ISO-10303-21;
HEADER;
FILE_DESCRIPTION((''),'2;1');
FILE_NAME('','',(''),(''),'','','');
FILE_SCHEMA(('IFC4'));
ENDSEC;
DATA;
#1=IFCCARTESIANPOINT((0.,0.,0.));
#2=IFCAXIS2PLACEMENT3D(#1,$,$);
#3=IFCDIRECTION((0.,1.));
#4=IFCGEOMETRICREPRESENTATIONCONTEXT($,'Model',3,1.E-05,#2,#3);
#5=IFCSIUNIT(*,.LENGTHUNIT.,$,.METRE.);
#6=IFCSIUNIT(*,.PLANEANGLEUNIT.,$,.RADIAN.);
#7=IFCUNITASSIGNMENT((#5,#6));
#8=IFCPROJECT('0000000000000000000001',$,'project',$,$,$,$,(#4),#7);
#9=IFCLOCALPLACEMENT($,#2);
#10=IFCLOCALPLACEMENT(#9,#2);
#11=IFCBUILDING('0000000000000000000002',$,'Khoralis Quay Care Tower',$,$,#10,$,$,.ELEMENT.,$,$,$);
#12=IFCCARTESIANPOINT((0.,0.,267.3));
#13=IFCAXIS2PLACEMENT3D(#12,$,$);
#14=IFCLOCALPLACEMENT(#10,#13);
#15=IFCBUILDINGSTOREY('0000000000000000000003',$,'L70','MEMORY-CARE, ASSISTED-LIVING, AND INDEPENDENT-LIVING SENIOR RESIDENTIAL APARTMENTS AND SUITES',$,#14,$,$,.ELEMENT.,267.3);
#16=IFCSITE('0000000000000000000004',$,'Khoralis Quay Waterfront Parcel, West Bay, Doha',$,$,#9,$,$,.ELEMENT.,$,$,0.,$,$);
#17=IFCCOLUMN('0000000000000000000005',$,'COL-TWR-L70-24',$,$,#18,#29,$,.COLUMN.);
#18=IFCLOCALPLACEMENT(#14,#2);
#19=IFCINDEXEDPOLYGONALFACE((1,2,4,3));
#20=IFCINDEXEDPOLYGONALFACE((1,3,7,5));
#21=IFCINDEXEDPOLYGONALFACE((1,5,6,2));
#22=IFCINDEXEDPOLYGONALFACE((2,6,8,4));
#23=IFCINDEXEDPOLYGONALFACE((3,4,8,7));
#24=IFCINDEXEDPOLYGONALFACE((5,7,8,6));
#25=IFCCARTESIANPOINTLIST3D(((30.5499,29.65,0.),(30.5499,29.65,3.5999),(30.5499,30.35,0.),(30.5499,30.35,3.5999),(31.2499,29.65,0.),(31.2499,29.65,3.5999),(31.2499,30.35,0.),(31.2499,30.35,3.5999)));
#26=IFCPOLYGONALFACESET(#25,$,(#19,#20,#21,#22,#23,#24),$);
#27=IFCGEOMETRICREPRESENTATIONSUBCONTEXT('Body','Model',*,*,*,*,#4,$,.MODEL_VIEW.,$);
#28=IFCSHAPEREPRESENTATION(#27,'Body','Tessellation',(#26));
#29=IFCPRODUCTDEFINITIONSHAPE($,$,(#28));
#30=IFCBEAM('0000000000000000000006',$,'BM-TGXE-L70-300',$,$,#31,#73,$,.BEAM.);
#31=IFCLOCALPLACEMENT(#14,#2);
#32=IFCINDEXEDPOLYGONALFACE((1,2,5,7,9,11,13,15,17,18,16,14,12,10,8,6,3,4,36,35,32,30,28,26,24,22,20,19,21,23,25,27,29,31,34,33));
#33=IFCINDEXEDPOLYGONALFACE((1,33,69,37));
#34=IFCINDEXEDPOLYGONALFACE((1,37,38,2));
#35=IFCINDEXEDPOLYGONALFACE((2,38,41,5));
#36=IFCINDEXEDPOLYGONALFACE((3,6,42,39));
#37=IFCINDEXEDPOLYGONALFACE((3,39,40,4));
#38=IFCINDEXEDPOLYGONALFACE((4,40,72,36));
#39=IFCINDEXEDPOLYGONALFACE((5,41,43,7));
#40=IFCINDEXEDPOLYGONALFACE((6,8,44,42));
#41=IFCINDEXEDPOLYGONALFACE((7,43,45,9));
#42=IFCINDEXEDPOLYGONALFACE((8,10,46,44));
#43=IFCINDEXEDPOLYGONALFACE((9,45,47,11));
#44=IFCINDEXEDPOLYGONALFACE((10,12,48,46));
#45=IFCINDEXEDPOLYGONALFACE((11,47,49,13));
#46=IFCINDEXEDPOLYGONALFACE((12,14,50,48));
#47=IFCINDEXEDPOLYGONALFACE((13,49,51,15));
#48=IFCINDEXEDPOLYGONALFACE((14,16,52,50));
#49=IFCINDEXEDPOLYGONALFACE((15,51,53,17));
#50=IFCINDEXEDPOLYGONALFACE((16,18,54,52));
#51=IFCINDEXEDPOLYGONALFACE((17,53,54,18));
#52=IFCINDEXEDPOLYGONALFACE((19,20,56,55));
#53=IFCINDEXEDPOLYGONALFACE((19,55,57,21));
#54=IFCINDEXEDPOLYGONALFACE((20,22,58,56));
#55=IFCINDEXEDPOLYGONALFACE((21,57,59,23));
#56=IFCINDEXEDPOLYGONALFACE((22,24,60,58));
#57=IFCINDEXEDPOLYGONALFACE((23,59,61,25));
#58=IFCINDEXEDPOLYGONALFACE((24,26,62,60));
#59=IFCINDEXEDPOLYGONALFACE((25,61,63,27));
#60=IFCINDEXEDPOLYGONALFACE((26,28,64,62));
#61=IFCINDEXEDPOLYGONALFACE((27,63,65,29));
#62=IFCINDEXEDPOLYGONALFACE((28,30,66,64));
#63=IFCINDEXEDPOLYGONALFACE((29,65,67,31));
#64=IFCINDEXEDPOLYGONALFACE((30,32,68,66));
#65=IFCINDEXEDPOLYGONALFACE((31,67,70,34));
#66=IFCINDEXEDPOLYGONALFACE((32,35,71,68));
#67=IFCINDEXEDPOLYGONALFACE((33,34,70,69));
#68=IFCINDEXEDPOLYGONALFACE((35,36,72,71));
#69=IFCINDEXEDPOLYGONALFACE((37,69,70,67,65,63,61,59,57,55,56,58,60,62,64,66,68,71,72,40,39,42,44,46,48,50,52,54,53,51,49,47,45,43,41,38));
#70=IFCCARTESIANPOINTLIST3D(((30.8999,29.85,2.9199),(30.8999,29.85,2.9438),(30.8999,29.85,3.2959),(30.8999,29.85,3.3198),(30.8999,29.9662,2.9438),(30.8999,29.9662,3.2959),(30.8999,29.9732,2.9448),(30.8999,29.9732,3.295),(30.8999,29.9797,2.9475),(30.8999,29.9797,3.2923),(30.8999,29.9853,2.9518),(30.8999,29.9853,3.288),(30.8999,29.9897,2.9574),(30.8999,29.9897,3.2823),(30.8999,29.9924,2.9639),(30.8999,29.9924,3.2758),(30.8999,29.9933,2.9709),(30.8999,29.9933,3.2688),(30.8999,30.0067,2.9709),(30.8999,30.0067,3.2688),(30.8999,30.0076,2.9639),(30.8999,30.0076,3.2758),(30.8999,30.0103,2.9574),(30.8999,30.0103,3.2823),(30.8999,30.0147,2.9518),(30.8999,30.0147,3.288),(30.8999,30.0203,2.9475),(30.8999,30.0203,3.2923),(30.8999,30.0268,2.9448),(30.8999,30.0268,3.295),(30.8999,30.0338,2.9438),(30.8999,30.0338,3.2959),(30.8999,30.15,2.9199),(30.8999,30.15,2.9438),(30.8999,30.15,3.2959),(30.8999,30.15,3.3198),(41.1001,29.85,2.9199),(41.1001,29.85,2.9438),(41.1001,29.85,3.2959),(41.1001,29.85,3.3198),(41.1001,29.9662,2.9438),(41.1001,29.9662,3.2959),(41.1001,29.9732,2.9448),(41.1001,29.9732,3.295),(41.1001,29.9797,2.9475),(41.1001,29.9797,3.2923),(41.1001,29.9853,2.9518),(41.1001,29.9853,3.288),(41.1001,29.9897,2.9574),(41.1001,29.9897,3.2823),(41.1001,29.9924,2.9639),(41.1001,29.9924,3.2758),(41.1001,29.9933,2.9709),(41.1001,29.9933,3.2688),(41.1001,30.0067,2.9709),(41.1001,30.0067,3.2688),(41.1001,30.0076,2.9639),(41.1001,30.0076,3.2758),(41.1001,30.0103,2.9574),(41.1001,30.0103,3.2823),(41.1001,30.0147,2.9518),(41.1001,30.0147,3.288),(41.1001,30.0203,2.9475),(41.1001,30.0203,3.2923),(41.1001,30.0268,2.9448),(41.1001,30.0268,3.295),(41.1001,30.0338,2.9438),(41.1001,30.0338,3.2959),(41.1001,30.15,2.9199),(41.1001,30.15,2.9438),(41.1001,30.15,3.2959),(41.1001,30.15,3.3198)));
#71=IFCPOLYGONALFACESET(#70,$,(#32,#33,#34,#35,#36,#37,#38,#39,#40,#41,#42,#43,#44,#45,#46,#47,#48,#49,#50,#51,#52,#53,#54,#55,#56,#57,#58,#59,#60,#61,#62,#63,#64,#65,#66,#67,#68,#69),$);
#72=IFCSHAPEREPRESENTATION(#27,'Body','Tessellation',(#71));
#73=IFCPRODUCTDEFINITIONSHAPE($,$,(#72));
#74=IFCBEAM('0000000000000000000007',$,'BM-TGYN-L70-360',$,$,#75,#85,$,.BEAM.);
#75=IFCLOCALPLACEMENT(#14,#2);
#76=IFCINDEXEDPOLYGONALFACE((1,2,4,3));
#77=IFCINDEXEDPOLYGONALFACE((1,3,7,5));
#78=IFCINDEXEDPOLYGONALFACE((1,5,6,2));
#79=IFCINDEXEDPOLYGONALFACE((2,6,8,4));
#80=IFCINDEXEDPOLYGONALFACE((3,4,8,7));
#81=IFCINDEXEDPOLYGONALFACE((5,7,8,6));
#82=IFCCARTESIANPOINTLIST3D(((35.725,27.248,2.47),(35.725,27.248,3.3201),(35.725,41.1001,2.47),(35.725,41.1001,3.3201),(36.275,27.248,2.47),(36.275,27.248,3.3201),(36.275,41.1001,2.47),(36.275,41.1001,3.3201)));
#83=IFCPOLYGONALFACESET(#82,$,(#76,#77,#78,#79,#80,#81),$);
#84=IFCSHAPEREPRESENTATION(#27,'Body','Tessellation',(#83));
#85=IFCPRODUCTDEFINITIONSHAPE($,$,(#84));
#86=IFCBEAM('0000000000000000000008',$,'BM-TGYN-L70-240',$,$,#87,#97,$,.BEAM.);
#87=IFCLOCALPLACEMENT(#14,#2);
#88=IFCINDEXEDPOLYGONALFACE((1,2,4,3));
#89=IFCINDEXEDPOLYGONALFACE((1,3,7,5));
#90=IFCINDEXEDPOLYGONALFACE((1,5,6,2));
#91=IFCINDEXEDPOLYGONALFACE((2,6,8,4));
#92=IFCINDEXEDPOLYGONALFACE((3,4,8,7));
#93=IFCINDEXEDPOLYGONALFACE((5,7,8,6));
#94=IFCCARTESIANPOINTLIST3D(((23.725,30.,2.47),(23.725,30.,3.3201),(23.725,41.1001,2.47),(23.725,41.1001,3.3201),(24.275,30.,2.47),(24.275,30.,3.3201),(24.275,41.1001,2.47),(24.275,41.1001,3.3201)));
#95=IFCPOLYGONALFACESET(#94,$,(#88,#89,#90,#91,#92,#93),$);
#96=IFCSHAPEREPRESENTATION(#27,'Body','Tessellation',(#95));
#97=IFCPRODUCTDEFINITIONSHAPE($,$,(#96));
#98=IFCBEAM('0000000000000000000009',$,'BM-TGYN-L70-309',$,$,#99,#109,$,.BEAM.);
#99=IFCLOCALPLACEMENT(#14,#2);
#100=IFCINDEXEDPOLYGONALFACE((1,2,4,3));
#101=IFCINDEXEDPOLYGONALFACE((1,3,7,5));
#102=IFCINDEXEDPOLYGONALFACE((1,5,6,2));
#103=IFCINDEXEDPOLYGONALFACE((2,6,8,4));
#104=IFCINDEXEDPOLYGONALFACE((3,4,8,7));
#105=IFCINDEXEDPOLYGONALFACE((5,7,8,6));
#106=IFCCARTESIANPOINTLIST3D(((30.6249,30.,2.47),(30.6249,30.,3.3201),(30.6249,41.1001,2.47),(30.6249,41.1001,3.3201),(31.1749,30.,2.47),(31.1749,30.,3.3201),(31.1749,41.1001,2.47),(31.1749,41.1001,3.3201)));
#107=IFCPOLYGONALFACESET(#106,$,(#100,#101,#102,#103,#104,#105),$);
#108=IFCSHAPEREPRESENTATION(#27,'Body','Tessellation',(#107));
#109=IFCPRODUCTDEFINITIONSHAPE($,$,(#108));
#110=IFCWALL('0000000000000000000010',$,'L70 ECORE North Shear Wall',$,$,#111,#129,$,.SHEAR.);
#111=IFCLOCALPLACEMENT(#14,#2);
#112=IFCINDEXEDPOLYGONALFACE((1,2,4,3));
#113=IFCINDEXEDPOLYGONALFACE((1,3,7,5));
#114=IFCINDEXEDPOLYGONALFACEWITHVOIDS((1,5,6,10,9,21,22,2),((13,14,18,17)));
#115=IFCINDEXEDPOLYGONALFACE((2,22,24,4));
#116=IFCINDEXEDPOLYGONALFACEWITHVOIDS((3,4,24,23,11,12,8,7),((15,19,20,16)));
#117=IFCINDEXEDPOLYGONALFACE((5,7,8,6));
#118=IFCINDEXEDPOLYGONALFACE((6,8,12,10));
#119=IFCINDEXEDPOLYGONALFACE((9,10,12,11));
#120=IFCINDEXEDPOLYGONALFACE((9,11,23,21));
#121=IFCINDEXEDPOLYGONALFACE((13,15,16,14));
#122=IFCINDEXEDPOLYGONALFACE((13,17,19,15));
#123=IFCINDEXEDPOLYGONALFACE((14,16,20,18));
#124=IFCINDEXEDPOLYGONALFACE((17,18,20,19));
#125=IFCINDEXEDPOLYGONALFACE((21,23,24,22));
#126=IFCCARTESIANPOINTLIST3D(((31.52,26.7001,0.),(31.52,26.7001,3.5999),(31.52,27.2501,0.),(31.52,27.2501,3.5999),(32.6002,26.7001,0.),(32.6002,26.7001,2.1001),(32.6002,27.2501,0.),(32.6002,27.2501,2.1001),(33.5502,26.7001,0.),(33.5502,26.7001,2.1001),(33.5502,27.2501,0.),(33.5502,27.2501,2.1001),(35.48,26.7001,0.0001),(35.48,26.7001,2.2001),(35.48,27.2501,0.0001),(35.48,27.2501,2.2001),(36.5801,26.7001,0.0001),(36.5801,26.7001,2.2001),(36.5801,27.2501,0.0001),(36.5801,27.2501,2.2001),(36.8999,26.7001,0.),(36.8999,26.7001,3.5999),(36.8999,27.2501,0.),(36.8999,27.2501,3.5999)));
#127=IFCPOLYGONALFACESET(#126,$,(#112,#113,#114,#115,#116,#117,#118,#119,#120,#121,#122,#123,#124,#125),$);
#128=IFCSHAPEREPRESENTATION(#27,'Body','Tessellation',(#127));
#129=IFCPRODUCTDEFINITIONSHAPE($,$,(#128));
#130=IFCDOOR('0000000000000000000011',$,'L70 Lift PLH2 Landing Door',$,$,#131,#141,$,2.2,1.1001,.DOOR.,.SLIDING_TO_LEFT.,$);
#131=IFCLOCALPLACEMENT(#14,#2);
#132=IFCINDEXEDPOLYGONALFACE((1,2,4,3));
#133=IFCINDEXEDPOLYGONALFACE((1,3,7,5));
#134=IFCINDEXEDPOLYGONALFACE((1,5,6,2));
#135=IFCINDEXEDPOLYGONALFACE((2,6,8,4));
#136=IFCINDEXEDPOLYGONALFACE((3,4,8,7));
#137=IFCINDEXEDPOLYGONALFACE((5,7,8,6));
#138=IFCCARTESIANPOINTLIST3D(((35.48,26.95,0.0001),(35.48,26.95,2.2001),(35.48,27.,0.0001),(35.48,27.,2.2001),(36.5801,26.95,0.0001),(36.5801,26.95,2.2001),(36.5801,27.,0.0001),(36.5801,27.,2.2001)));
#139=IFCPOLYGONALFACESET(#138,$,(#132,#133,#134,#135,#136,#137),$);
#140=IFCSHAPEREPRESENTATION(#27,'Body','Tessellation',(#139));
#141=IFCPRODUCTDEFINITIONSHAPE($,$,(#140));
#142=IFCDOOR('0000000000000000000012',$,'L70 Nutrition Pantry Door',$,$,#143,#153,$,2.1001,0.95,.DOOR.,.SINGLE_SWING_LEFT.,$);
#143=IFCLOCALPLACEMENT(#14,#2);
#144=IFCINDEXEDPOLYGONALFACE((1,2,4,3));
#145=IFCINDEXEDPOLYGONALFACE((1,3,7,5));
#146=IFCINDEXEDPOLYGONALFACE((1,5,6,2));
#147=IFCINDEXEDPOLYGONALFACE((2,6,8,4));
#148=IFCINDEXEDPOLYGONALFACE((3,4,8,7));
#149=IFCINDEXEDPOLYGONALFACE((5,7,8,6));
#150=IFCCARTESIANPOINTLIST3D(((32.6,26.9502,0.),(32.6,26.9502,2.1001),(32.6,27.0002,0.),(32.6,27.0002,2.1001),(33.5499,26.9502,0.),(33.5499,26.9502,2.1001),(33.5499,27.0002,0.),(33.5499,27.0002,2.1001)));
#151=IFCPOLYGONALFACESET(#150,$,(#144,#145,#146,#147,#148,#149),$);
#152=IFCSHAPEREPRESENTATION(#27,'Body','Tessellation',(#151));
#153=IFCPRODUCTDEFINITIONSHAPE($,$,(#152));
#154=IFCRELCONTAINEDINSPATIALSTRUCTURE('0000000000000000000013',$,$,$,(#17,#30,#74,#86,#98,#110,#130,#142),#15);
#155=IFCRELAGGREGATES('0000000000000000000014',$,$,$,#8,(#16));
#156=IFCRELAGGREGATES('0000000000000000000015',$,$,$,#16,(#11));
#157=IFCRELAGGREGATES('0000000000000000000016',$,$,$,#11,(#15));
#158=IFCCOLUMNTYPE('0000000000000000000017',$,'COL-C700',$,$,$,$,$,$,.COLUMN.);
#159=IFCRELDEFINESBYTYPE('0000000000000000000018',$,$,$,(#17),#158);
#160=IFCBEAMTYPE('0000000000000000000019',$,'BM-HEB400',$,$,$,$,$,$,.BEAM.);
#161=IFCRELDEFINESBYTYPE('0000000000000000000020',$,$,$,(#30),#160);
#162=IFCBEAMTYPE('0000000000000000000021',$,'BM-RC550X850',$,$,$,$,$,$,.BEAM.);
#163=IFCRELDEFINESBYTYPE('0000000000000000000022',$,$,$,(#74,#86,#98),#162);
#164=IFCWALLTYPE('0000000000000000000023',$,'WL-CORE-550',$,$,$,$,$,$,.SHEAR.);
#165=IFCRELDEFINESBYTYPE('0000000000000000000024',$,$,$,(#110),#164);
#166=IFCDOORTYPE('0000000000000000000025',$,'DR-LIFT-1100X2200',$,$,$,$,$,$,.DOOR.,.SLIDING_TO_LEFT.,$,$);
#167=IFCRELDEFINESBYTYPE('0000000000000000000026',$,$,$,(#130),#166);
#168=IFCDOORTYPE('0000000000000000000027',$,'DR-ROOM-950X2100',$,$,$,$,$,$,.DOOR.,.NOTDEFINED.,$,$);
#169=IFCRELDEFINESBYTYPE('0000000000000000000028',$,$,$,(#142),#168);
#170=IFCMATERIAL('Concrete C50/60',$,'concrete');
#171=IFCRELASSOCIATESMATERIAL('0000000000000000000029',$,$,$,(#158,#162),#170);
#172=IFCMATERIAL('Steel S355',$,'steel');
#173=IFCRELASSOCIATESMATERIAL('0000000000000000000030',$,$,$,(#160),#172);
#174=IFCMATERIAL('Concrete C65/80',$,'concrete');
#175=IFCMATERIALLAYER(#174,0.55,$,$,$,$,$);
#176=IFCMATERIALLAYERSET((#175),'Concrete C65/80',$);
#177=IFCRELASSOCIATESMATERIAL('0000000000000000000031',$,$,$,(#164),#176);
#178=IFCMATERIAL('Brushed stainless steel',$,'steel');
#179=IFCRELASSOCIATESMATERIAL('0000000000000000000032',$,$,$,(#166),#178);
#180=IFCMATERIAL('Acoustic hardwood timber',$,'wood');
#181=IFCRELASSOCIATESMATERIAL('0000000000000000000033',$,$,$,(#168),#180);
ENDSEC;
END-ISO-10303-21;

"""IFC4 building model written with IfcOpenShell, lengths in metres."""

from ifc_helpers import new_model, si_unit, direction, frame, frame_2d, origin, origin_2d, place, context, subcontext, project, spatial, rectangle, i_section, extrude, source, transform, mapped, material, layer, layer_set, material_profile, profile_set, type_object, element, fill, save


model = new_model("IFC4")

# Units and contexts
model_context = context("Model", 3, precision=1e-05, world=origin(), true_north=direction((0.0, 1.0)))
body_context = subcontext(model_context, "Body", "Model", "MODEL_VIEW")
ifc_project = project(units=[si_unit("LENGTHUNIT", "METRE"), si_unit("PLANEANGLEUNIT", "RADIAN")], contexts=[model_context])

# Site, building, storey
site_placement = place(None, origin())
site = spatial("IfcSite", under=ifc_project, at=site_placement, Name="Khoralis Quay Waterfront Parcel, West Bay, Doha", CompositionType="ELEMENT", RefElevation=0.0)
building_placement = place(site_placement, origin())
building = spatial("IfcBuilding", under=site, at=building_placement, Name="Khoralis Quay Care Tower", CompositionType="ELEMENT")
storey_placement = place(building_placement, frame((0.0, 0.0, 267.3)))
storey = spatial("IfcBuildingStorey", under=building, at=storey_placement, Name="L70", Description="MEMORY-CARE, ASSISTED-LIVING, AND INDEPENDENT-LIVING SENIOR RESIDENTIAL APARTMENTS AND SUITES", CompositionType="ELEMENT", Elevation=267.3)

# Column
ifc_material_1 = material(Name="Concrete C50/60", Category="concrete")
ifc_material_profile_1 = material_profile(ifc_material_1, rectangle(XDim=0.7, YDim=0.7, at=origin_2d()), Name="Concrete C50/60")
ifc_profile_set_1 = profile_set([ifc_material_profile_1], Name="Concrete C50/60")
column_type = type_object("IfcColumnType", Name="COL-C700", PredefinedType="COLUMN", material=ifc_profile_set_1)
shared_shape_1 = source(origin(), body_context, "Body", "SweptSolid", [
    extrude(rectangle(XDim=0.7, YDim=0.7, at=origin_2d()), origin(), (0.0, 0.0, 1.0), 3.5999),
])
column_placement = place(storey_placement, frame((30.8999, 30.0, 0.0), z_axis=(0.0, 0.0, 1.0), x_axis=(1.0, 0.0, 0.0)))
element("IfcColumn", 1, at=column_placement, inside=storey, type_object=column_type, Name="COL-TWR-L70-24", PredefinedType="COLUMN", context=body_context, shape_type="MappedRepresentation", body=[
    mapped(shared_shape_1, transform((0.0, 0.0, 0.0), scale=1.0)),
])

# Beams
ifc_material_2 = material(Name="Steel S355", Category="steel")
ifc_material_profile_2 = material_profile(ifc_material_2, i_section(OverallWidth=0.3, OverallDepth=0.3999, WebThickness=0.0134, FlangeThickness=0.0239, FilletRadius=0.0271, at=origin_2d()), Name="Steel S355")
ifc_profile_set_2 = profile_set([ifc_material_profile_2], Name="Steel S355")
beam_type_1 = type_object("IfcBeamType", Name="BM-HEB400", PredefinedType="BEAM", material=ifc_profile_set_2)
shared_shape_2 = source(origin(), body_context, "Body", "SweptSolid", [
    extrude(i_section(OverallWidth=0.3, OverallDepth=0.3999, WebThickness=0.0134, FlangeThickness=0.0239, FilletRadius=0.0271, at=origin_2d()), origin(), (0.0, 0.0, 1.0), 10.2002),
])
beam_1_placement = place(storey_placement, frame((30.8999, 30.0, 3.1199), z_axis=(1.0, 0.0, 0.0), x_axis=(0.0, 1.0, 0.0)))
element("IfcBeam", 2, at=beam_1_placement, inside=storey, type_object=beam_type_1, Name="BM-TGXE-L70-300", PredefinedType="BEAM", context=body_context, shape_type="MappedRepresentation", body=[
    mapped(shared_shape_2, transform((0.0, 0.0, 0.0), scale=1.0)),
])
ifc_material_profile_3 = material_profile(ifc_material_1, rectangle(XDim=0.55, YDim=0.8501, at=origin_2d()), Name="Concrete C50/60")
ifc_profile_set_3 = profile_set([ifc_material_profile_3], Name="Concrete C50/60")
beam_type_2 = type_object("IfcBeamType", Name="BM-RC550X850", PredefinedType="BEAM", material=ifc_profile_set_3)
shared_shape_3 = source(origin(), body_context, "Body", "SweptSolid", [
    extrude(rectangle(XDim=0.55, YDim=0.8501, at=origin_2d()), origin(), (0.0, 0.0, 1.0), 13.8521),
])
beam_2_placement = place(storey_placement, frame((36.0, 27.248, 2.895), z_axis=(0.0, 1.0, 0.0), x_axis=(-1.0, 0.0, 0.0)))
element("IfcBeam", 3, at=beam_2_placement, inside=storey, type_object=beam_type_2, Name="BM-TGYN-L70-360", PredefinedType="BEAM", context=body_context, shape_type="MappedRepresentation", body=[
    mapped(shared_shape_3, transform((0.0, 0.0, 0.0), scale=1.0)),
])
shared_shape_4 = source(origin(), body_context, "Body", "SweptSolid", [
    extrude(rectangle(XDim=0.55, YDim=0.8501, at=origin_2d()), origin(), (0.0, 0.0, 1.0), 11.1001),
])
for number, where, z_axis, x_axis, name in (
    (4, (24.0, 30.0, 2.895), (0.0, 1.0, 0.0), (-1.0, 0.0, 0.0), "BM-TGYN-L70-240"),
    (5, (30.8999, 30.0, 2.895), (0.0, 1.0, 0.0), (-1.0, 0.0, 0.0), "BM-TGYN-L70-309"),
):
    element("IfcBeam", number, at=place(storey_placement, frame(where, z_axis=z_axis, x_axis=x_axis)), inside=storey, type_object=beam_type_2, Name=name, PredefinedType="BEAM", context=body_context, shape_type="MappedRepresentation", body=[
        mapped(shared_shape_4, transform((0.0, 0.0, 0.0), scale=1.0)),
    ])

# Wall, openings, doors
ifc_material_3 = material(Name="Concrete C65/80", Category="concrete")
ifc_layer_1 = layer(ifc_material_3, 0.55)
ifc_layer_set_1 = layer_set([ifc_layer_1], Name="Concrete C65/80")
wall_type_1 = type_object("IfcWallType", Name="WL-CORE-550", PredefinedType="SHEAR", material=ifc_layer_set_1)
wall_1_placement = place(storey_placement, frame((31.52, 26.9751, 0.0), z_axis=(0.0, 0.0, 1.0), x_axis=(1.0, 0.0, 0.0)))
wall_1 = element("IfcWall", 6, at=wall_1_placement, inside=storey, type_object=wall_type_1, Name="L70 ECORE North Shear Wall", PredefinedType="SHEAR", context=body_context, shape_type="SweptSolid", body=[
    extrude(rectangle(XDim=5.3799, YDim=0.55, at=frame_2d((2.6899, 0.0))), origin(), (0.0, 0.0, 1.0), 3.5999),
])
opening_1_placement = place(wall_1_placement, frame((1.0801, 0.0, 0.0)))
opening_1 = element("IfcOpeningElement", 7, at=opening_1_placement, cuts=wall_1, PredefinedType="OPENING", context=body_context, shape_type="SweptSolid", body=[
    extrude(rectangle(XDim=0.95, YDim=2.1001, at=frame_2d((0.4751, 1.05))), frame((0.0, 0.2852, 0.0), z_axis=(0.0, -1.0, 0.0), x_axis=(1.0, 0.0, 0.0)), (0.0, 0.0, 1.0), 0.5701),
])
opening_2_placement = place(wall_1_placement, frame((3.96, 0.0, 0.0)))
opening_2 = element("IfcOpeningElement", 8, at=opening_2_placement, cuts=wall_1, PredefinedType="OPENING", context=body_context, shape_type="SweptSolid", body=[
    extrude(rectangle(XDim=1.1001, YDim=2.2, at=frame_2d((0.55, 1.1001))), frame((0.0, 0.2852, 0.0), z_axis=(0.0, -1.0, 0.0), x_axis=(1.0, 0.0, 0.0)), (0.0, 0.0, 1.0), 0.5701),
])
ifc_material_4 = material(Name="Brushed stainless steel", Category="steel")
door_type_1 = type_object("IfcDoorType", Name="DR-LIFT-1100X2200", OperationType="SLIDING_TO_LEFT", PredefinedType="DOOR", material=ifc_material_4)
shared_shape_5 = source(origin(), body_context, "Body", "SweptSolid", [
    extrude(rectangle(XDim=1.1001, YDim=2.2, at=frame_2d((0.55, 1.1001))), frame((0.0, 0.0249, 0.0), z_axis=(0.0, -1.0, 0.0), x_axis=(1.0, 0.0, 0.0)), (0.0, 0.0, 1.0), 0.05),
])
door_1_placement = place(opening_2_placement, origin())
door_1 = element("IfcDoor", 9, at=door_1_placement, inside=storey, type_object=door_type_1, Name="L70 Lift PLH2 Landing Door", OperationType="SLIDING_TO_LEFT", OverallHeight=2.2, OverallWidth=1.1001, PredefinedType="DOOR", context=body_context, shape_type="MappedRepresentation", body=[
    mapped(shared_shape_5, transform((0.0, 0.0, 0.0), scale=1.0)),
])
fill(opening_2, door_1)
ifc_material_5 = material(Name="Acoustic hardwood timber", Category="wood")
door_type_2 = type_object("IfcDoorType", Name="DR-ROOM-950X2100", OperationType="NOTDEFINED", PredefinedType="DOOR", material=ifc_material_5)
shared_shape_6 = source(origin(), body_context, "Body", "SweptSolid", [
    extrude(rectangle(XDim=0.95, YDim=2.1001, at=frame_2d((0.4751, 1.05))), frame((0.0, 0.0249, 0.0), z_axis=(0.0, -1.0, 0.0), x_axis=(1.0, 0.0, 0.0)), (0.0, 0.0, 1.0), 0.05),
])
door_2_placement = place(opening_1_placement, frame((0.95, 0.0, 0.0), z_axis=(0.0, 0.0, 1.0), x_axis=(-1.0, 0.0, 0.0)))
door_2 = element("IfcDoor", 10, at=door_2_placement, inside=storey, type_object=door_type_2, Name="L70 Nutrition Pantry Door", OperationType="SINGLE_SWING_LEFT", OverallHeight=2.1001, OverallWidth=0.95, PredefinedType="DOOR", context=body_context, shape_type="MappedRepresentation", body=[
    mapped(shared_shape_6, transform((0.0, 0.0, 0.0), scale=1.0)),
])
fill(opening_1, door_2)

save(model, "model.ifc")
